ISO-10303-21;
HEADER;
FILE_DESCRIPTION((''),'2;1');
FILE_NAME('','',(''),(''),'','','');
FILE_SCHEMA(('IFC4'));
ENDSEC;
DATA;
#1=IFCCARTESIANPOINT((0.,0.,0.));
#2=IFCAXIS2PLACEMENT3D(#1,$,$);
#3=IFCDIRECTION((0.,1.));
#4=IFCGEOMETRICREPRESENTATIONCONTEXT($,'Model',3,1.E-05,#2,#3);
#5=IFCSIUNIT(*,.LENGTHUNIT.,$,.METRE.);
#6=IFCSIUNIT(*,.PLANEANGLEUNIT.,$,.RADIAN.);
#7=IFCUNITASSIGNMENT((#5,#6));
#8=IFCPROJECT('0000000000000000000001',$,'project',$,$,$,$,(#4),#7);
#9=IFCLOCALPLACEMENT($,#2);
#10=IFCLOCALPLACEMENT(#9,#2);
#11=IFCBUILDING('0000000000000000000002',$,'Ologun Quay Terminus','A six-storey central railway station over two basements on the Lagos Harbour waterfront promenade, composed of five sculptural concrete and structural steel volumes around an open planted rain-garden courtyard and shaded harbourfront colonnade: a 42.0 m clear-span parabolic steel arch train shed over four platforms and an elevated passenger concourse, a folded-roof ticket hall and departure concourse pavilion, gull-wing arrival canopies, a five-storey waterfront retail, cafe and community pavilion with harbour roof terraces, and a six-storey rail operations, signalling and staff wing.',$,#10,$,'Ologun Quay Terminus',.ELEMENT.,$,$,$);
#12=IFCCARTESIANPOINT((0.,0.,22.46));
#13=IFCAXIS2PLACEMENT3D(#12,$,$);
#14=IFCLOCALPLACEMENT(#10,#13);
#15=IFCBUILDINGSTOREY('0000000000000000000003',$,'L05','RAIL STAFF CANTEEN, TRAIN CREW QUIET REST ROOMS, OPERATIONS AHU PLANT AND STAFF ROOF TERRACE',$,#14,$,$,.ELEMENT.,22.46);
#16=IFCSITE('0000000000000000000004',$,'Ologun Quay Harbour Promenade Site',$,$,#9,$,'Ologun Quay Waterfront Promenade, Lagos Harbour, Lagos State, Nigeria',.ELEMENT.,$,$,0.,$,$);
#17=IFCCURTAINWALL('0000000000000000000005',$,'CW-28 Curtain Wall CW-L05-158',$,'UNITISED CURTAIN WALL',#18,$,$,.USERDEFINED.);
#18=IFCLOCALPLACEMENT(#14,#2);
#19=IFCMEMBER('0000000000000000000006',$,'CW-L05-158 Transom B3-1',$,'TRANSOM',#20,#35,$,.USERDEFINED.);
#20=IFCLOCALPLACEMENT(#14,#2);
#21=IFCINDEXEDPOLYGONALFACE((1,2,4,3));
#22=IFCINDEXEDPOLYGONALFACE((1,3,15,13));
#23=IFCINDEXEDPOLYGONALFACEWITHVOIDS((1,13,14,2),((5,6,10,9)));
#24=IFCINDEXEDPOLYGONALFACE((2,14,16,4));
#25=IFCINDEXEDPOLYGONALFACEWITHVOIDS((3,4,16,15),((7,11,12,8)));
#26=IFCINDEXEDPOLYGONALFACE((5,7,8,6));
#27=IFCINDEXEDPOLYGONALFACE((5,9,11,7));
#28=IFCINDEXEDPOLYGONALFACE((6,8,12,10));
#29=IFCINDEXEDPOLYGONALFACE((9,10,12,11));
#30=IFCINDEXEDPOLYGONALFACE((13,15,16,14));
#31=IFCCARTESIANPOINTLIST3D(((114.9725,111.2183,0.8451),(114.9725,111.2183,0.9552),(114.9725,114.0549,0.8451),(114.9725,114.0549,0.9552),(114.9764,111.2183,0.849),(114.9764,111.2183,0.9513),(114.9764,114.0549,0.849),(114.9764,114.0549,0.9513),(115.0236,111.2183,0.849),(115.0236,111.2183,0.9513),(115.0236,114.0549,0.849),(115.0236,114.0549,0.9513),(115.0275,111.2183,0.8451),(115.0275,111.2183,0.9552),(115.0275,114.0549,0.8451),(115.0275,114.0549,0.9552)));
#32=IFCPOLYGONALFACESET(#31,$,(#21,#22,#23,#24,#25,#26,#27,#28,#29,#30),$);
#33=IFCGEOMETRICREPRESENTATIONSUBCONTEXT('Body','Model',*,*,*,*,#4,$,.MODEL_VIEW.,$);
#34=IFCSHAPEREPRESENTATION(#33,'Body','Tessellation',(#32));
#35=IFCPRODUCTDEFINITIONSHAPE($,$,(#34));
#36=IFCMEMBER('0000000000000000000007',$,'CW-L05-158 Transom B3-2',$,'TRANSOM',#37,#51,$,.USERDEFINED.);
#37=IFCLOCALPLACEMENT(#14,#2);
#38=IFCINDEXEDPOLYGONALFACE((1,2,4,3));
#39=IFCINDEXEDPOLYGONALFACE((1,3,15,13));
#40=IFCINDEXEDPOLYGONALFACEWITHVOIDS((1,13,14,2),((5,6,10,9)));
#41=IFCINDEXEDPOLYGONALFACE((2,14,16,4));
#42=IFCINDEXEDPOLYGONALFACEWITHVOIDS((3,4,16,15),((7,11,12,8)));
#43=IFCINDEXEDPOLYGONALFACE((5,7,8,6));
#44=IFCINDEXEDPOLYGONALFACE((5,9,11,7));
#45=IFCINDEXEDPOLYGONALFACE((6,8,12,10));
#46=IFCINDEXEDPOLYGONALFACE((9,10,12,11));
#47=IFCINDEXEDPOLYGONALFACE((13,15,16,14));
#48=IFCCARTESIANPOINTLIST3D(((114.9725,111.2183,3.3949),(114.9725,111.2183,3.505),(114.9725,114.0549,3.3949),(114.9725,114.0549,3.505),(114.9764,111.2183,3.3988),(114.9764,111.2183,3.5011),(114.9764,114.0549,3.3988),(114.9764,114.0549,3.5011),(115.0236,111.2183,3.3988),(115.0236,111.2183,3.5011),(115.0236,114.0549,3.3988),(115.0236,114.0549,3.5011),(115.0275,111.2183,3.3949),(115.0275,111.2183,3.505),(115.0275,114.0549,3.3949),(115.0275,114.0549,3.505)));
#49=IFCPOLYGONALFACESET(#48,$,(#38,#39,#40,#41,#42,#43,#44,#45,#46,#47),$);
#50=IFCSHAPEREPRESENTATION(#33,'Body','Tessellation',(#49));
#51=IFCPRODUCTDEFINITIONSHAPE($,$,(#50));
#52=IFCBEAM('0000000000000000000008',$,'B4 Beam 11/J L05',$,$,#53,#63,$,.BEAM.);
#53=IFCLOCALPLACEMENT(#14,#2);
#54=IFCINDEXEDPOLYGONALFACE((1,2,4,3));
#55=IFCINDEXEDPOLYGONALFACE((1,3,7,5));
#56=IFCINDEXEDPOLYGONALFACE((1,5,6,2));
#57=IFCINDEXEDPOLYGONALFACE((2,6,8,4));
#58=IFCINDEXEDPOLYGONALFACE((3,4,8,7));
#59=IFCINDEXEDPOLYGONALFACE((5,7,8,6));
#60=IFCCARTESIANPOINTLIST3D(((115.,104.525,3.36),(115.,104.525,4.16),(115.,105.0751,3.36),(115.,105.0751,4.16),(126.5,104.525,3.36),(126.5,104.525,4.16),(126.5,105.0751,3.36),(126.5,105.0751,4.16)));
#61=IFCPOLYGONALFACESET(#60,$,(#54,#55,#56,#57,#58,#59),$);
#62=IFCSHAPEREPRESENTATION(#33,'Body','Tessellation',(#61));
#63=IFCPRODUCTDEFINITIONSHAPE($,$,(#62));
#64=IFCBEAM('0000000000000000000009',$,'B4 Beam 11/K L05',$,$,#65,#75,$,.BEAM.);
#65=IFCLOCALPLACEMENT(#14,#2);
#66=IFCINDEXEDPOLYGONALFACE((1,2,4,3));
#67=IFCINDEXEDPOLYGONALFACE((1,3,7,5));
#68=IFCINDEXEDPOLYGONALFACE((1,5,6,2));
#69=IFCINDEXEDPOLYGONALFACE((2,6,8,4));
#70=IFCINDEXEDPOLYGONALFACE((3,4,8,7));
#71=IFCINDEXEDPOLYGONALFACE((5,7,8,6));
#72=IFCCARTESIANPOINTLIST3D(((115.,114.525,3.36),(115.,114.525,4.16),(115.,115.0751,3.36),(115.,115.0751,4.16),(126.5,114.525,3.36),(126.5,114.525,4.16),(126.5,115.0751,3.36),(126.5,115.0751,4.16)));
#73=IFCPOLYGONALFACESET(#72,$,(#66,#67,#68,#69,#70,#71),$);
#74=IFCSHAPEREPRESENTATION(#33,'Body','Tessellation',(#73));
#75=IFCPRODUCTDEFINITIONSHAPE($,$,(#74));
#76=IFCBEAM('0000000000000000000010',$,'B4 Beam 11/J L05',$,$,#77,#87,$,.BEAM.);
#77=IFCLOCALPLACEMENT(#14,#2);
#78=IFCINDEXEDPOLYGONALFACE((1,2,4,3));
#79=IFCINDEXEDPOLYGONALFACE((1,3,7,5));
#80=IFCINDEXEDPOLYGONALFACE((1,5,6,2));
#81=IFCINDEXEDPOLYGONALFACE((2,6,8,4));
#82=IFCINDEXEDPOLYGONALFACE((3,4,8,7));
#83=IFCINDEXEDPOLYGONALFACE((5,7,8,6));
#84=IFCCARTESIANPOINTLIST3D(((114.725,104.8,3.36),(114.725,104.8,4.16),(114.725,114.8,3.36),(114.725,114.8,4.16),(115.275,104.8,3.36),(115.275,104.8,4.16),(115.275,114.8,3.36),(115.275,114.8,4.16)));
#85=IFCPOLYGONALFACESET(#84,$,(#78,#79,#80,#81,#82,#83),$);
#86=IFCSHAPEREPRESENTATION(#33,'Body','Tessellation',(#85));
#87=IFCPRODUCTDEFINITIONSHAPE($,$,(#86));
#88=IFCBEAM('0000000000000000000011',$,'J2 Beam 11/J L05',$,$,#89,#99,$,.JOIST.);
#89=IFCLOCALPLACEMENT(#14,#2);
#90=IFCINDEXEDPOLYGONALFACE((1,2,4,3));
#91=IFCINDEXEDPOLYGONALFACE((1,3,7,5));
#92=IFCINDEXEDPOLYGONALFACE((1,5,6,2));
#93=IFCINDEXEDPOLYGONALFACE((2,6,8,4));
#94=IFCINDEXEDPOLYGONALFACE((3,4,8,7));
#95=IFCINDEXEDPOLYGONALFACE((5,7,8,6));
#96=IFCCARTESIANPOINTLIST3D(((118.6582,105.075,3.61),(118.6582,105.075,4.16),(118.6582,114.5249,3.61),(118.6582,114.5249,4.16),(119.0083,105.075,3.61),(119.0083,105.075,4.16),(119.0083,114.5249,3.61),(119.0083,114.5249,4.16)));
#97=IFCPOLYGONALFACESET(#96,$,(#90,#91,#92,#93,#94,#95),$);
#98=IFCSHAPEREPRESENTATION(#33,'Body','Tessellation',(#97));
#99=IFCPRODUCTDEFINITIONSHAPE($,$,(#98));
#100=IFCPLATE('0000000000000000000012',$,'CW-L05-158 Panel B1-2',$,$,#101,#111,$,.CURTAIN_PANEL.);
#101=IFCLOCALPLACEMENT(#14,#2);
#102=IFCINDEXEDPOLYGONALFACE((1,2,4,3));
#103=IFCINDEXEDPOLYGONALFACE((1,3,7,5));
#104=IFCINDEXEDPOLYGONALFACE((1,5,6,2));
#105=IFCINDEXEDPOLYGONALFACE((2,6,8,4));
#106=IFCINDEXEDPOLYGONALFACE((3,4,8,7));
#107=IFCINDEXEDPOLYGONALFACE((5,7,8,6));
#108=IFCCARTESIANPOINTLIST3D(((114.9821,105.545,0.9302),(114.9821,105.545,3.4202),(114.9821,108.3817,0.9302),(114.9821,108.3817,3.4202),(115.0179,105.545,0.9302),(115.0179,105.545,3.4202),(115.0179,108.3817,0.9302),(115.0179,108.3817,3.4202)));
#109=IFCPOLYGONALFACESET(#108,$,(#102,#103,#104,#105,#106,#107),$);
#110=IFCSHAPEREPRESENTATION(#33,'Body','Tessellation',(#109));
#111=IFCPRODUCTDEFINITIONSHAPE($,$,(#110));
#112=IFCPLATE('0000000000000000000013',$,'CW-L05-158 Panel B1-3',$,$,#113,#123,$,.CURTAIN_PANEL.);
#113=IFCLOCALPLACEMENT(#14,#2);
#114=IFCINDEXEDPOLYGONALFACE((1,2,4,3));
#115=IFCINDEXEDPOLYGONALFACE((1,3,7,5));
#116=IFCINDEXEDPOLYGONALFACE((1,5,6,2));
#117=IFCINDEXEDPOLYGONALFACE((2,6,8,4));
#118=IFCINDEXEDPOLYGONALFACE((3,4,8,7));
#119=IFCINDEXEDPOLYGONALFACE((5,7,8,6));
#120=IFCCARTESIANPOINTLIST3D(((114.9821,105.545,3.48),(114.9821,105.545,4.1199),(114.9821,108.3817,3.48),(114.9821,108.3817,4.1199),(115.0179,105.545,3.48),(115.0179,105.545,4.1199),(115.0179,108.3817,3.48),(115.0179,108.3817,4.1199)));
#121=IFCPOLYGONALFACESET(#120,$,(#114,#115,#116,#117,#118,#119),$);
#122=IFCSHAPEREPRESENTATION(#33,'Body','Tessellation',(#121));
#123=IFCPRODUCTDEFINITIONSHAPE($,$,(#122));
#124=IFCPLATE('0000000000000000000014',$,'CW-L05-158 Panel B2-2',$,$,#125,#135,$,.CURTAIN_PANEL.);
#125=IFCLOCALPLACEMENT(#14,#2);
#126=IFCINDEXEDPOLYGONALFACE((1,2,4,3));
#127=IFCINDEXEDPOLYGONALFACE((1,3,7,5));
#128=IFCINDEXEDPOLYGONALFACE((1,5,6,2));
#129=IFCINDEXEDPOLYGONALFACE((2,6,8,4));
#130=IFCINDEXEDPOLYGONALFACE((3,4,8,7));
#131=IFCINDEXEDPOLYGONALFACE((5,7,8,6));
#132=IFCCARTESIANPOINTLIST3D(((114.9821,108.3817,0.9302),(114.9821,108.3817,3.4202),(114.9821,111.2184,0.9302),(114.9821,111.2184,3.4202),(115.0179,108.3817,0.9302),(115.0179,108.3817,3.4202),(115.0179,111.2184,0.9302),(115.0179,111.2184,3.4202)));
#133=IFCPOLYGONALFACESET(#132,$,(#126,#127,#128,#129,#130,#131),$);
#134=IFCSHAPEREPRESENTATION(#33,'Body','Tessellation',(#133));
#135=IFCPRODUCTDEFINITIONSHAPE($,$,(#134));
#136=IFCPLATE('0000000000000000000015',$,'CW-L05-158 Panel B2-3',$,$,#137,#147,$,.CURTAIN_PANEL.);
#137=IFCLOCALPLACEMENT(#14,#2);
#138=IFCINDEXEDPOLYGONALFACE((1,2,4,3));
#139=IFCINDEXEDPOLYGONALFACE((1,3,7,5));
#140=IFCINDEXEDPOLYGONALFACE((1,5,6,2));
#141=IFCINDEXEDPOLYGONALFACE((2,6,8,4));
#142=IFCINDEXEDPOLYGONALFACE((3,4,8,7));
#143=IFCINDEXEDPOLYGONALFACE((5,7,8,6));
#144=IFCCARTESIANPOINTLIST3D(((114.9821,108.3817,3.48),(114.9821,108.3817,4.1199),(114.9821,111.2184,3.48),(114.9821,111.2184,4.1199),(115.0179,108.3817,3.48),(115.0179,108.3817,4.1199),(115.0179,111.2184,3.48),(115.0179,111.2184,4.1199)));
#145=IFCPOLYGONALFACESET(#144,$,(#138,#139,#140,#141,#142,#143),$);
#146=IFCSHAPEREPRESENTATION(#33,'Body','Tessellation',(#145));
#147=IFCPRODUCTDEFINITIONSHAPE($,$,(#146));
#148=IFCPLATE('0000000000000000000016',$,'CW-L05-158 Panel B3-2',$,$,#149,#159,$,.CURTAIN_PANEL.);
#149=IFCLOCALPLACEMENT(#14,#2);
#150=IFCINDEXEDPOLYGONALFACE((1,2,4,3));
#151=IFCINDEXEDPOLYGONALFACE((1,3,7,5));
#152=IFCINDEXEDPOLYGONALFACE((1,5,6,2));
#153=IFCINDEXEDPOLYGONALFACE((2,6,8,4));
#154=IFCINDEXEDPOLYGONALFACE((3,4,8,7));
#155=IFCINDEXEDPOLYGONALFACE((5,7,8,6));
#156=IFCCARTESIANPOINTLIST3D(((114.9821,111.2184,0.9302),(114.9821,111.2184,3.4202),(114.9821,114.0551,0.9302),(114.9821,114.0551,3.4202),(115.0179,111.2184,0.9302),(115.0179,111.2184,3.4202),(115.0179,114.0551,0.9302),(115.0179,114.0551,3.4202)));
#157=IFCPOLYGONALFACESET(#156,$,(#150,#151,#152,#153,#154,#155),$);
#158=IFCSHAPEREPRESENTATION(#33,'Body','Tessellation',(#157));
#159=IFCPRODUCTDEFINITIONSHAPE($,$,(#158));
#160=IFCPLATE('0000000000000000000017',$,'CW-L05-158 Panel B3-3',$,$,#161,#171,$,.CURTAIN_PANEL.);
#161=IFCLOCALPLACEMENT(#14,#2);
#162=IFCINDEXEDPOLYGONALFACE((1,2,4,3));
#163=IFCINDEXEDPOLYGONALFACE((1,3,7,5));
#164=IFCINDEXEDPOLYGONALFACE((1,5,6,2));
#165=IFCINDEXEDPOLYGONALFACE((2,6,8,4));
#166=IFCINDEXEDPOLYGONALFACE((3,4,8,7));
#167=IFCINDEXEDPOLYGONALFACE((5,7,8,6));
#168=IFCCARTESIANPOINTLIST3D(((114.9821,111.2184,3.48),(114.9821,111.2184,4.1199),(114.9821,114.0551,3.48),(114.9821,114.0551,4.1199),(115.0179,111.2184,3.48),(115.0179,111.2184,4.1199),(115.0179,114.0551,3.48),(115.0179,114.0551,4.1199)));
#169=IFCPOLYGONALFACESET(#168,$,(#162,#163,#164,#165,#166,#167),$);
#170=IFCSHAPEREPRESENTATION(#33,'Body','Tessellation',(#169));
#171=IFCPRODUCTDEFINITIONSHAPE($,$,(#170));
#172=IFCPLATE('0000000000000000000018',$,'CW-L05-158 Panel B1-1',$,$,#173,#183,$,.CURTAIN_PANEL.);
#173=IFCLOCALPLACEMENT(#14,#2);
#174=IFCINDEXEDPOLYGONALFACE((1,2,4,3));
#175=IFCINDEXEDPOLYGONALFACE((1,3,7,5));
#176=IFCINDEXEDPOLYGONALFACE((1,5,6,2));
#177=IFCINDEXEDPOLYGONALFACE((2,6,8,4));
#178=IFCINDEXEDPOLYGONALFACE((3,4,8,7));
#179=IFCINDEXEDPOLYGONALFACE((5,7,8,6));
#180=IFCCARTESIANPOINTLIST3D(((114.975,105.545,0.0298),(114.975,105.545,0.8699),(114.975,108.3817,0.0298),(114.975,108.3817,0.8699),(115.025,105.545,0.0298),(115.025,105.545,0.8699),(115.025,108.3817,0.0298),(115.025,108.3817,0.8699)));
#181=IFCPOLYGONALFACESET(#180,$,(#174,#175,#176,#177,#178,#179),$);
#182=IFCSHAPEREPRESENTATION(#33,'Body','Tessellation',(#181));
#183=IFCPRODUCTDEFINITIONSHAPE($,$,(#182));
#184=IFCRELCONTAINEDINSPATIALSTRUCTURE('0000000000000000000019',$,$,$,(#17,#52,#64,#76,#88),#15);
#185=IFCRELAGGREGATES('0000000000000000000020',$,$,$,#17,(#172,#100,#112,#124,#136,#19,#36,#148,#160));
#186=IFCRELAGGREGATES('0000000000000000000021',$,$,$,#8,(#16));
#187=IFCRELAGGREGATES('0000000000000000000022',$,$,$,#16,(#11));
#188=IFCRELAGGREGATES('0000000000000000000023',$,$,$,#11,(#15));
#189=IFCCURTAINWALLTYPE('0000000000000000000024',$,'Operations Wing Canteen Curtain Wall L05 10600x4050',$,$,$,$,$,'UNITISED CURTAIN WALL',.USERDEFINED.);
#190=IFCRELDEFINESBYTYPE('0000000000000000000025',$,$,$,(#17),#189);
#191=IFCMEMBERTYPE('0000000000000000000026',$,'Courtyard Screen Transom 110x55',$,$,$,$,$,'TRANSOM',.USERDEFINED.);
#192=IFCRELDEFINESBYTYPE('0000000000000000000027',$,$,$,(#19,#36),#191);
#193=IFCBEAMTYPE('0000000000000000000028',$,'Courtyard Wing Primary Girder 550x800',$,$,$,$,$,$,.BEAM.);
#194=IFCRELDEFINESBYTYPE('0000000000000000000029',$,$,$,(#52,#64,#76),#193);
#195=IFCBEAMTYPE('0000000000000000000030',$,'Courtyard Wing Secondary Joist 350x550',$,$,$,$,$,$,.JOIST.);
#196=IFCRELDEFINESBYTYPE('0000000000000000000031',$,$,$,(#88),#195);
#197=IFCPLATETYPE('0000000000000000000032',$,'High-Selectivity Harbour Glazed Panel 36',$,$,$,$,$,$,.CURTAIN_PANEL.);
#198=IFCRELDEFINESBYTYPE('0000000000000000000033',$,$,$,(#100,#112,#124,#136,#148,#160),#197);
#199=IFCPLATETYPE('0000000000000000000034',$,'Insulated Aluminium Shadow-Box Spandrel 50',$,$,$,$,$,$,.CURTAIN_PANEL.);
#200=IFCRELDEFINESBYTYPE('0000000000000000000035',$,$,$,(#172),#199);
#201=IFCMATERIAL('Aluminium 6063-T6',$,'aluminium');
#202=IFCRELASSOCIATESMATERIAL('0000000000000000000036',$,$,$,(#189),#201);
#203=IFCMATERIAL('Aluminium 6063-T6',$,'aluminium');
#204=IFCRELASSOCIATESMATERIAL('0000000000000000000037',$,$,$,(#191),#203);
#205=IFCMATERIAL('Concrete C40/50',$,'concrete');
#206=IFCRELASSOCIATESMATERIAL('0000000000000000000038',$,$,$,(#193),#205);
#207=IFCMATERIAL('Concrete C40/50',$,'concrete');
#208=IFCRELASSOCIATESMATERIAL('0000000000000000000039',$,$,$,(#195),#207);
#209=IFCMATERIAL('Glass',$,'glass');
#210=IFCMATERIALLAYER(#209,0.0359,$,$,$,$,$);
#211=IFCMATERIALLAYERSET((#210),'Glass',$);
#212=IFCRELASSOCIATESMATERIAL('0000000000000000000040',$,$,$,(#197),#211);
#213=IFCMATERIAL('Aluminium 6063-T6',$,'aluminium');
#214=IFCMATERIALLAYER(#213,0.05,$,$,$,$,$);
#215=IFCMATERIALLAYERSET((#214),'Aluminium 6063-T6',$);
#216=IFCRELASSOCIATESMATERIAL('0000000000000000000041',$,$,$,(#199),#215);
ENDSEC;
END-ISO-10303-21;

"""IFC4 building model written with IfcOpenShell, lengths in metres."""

from ifc_helpers import new_model, si_unit, direction, frame, origin, origin_2d, place, context, subcontext, project, spatial, rectangle, hollow_rectangle, extrude, material, layer, layer_set, material_profile, profile_set, type_object, element, aggregate, save


model = new_model("IFC4")

# Units and contexts
model_context = context("Model", 3, precision=1e-05, world=origin(), true_north=direction((0.0, 1.0)))
body_context = subcontext(model_context, "Body", "Model", "MODEL_VIEW")
ifc_project = project(units=[si_unit("LENGTHUNIT", "METRE"), si_unit("PLANEANGLEUNIT", "RADIAN")], contexts=[model_context])

# Site, building, storey
site_placement = place(None, origin())
site = spatial("IfcSite", under=ifc_project, at=site_placement, Name="Ologun Quay Harbour Promenade Site", LongName="Ologun Quay Waterfront Promenade, Lagos Harbour, Lagos State, Nigeria", CompositionType="ELEMENT", RefElevation=0.0)
building_placement = place(site_placement, origin())
building = spatial("IfcBuilding", under=site, at=building_placement, Name="Ologun Quay Terminus", Description="A six-storey central railway station over two basements on the Lagos Harbour waterfront promenade, composed of five sculptural concrete and structural steel volumes around an open planted rain-garden courtyard and shaded harbourfront colonnade: a 42.0 m clear-span parabolic steel arch train shed over four platforms and an elevated passenger concourse, a folded-roof ticket hall and departure concourse pavilion, gull-wing arrival canopies, a five-storey waterfront retail, cafe and community pavilion with harbour roof terraces, and a six-storey rail operations, signalling and staff wing.", LongName="Ologun Quay Terminus", CompositionType="ELEMENT")
storey_placement = place(building_placement, frame((0.0, 0.0, 22.46)))
storey = spatial("IfcBuildingStorey", under=building, at=storey_placement, Name="L05", Description="RAIL STAFF CANTEEN, TRAIN CREW QUIET REST ROOMS, OPERATIONS AHU PLANT AND STAFF ROOF TERRACE", CompositionType="ELEMENT", Elevation=22.46)

# Curtain wall, members
ifc_material_1 = material(Name="Aluminium 6063-T6", Category="aluminium")
curtain_wall_type = type_object("IfcCurtainWallType", Name="Operations Wing Canteen Curtain Wall L05 10600x4050", ElementType="UNITISED CURTAIN WALL", PredefinedType="USERDEFINED", material=ifc_material_1)
curtain_wall_placement = place(storey_placement, origin())
curtain_wall = element("IfcCurtainWall", 1, at=curtain_wall_placement, inside=storey, type_object=curtain_wall_type, Name="CW-28 Curtain Wall CW-L05-158", ObjectType="UNITISED CURTAIN WALL", PredefinedType="USERDEFINED")
ifc_material_2 = material(Name="Aluminium 6063-T6", Category="aluminium")
ifc_material_profile_1 = material_profile(ifc_material_2, hollow_rectangle(XDim=0.0549, YDim=0.1101, WallThickness=0.0039, at=origin_2d()), Name="ALU 110x55x4")
ifc_profile_set_1 = profile_set([ifc_material_profile_1], Name="Aluminium 6063-T6")
member_type_1 = type_object("IfcMemberType", Name="Courtyard Screen Transom 110x55", ElementType="TRANSOM", PredefinedType="USERDEFINED", material=ifc_profile_set_1)
member_1_placement = place(storey_placement, frame((115.0, 111.2183, 0.9001), z_axis=(0.0, 1.0, 0.0), x_axis=(-1.0, 0.0, 0.0)))
member_1 = element("IfcMember", 2, at=member_1_placement, type_object=member_type_1, Name="CW-L05-158 Transom B3-1", ObjectType="TRANSOM", PredefinedType="USERDEFINED", context=body_context, shape_type="SweptSolid", body=[
    extrude(hollow_rectangle(XDim=0.0549, YDim=0.1101, WallThickness=0.0039, at=origin_2d()), origin(), (0.0, 0.0, 1.0), 2.8367),
])
member_2_placement = place(storey_placement, frame((115.0, 111.2183, 3.45), z_axis=(0.0, 1.0, 0.0), x_axis=(-1.0, 0.0, 0.0)))
member_2 = element("IfcMember", 3, at=member_2_placement, type_object=member_type_1, Name="CW-L05-158 Transom B3-2", ObjectType="TRANSOM", PredefinedType="USERDEFINED", context=body_context, shape_type="SweptSolid", body=[
    extrude(hollow_rectangle(XDim=0.0549, YDim=0.1101, WallThickness=0.0039, at=origin_2d()), origin(), (0.0, 0.0, 1.0), 2.8367),
])

# Beams
ifc_material_3 = material(Name="Concrete C40/50", Category="concrete")
ifc_material_profile_2 = material_profile(ifc_material_3, rectangle(XDim=0.55, YDim=0.8, at=origin_2d()), Name="RC 550x800")
ifc_profile_set_2 = profile_set([ifc_material_profile_2], Name="Concrete C40/50")
beam_type_1 = type_object("IfcBeamType", Name="Courtyard Wing Primary Girder 550x800", PredefinedType="BEAM", material=ifc_profile_set_2)
for number, where, z_axis, x_axis, name in (
    (4, (115.0, 104.8, 3.76), (1.0, 0.0, 0.0), (0.0, 1.0, 0.0), "B4 Beam 11/J L05"),
    (5, (115.0, 114.8, 3.76), (1.0, 0.0, 0.0), (0.0, 1.0, 0.0), "B4 Beam 11/K L05"),
):
    element("IfcBeam", number, at=place(storey_placement, frame(where, z_axis=z_axis, x_axis=x_axis)), inside=storey, type_object=beam_type_1, Name=name, PredefinedType="BEAM", context=body_context, shape_type="SweptSolid", body=[
        extrude(rectangle(XDim=0.55, YDim=0.8, at=origin_2d()), origin(), (0.0, 0.0, 1.0), 11.5),
    ])
beam_1_placement = place(storey_placement, frame((115.0, 104.8, 3.76), z_axis=(0.0, 1.0, 0.0), x_axis=(-1.0, 0.0, 0.0)))
element("IfcBeam", 6, at=beam_1_placement, inside=storey, type_object=beam_type_1, Name="B4 Beam 11/J L05", PredefinedType="BEAM", context=body_context, shape_type="SweptSolid", body=[
    extrude(rectangle(XDim=0.55, YDim=0.8, at=origin_2d()), origin(), (0.0, 0.0, 1.0), 10.0),
])
ifc_material_4 = material(Name="Concrete C40/50", Category="concrete")
ifc_material_profile_3 = material_profile(ifc_material_4, rectangle(XDim=0.3501, YDim=0.55, at=origin_2d()), Name="RC 350x550")
ifc_profile_set_3 = profile_set([ifc_material_profile_3], Name="Concrete C40/50")
beam_type_2 = type_object("IfcBeamType", Name="Courtyard Wing Secondary Joist 350x550", PredefinedType="JOIST", material=ifc_profile_set_3)
beam_2_placement = place(storey_placement, frame((118.8333, 105.075, 3.885), z_axis=(0.0, 1.0, 0.0), x_axis=(-1.0, 0.0, 0.0)))
element("IfcBeam", 7, at=beam_2_placement, inside=storey, type_object=beam_type_2, Name="J2 Beam 11/J L05", PredefinedType="JOIST", context=body_context, shape_type="SweptSolid", body=[
    extrude(rectangle(XDim=0.3501, YDim=0.55, at=origin_2d()), origin(), (0.0, 0.0, 1.0), 9.45),
])

# Plates
ifc_material_5 = material(Name="Glass", Category="glass")
ifc_layer_1 = layer(ifc_material_5, 0.0359)
ifc_layer_set_1 = layer_set([ifc_layer_1], Name="Glass")
plate_type_1 = type_object("IfcPlateType", Name="High-Selectivity Harbour Glazed Panel 36", PredefinedType="CURTAIN_PANEL", material=ifc_layer_set_1)
plate_1_placement = place(storey_placement, frame((115.0, 106.9634, 0.9302), z_axis=(0.0, 0.0, 1.0), x_axis=(0.0, 1.0, 0.0)))
plate_1 = element("IfcPlate", 8, at=plate_1_placement, type_object=plate_type_1, Name="CW-L05-158 Panel B1-2", PredefinedType="CURTAIN_PANEL", context=body_context, shape_type="SweptSolid", body=[
    extrude(rectangle(XDim=2.8367, YDim=0.0359, at=origin_2d()), origin(), (0.0, 0.0, 1.0), 2.49),
])
plate_2_placement = place(storey_placement, frame((115.0, 106.9634, 3.48), z_axis=(0.0, 0.0, 1.0), x_axis=(0.0, 1.0, 0.0)))
plate_2 = element("IfcPlate", 9, at=plate_2_placement, type_object=plate_type_1, Name="CW-L05-158 Panel B1-3", PredefinedType="CURTAIN_PANEL", context=body_context, shape_type="SweptSolid", body=[
    extrude(rectangle(XDim=2.8367, YDim=0.0359, at=origin_2d()), origin(), (0.0, 0.0, 1.0), 0.6399),
])
plate_3_placement = place(storey_placement, frame((115.0, 109.8, 0.9302), z_axis=(0.0, 0.0, 1.0), x_axis=(0.0, 1.0, 0.0)))
plate_3 = element("IfcPlate", 10, at=plate_3_placement, type_object=plate_type_1, Name="CW-L05-158 Panel B2-2", PredefinedType="CURTAIN_PANEL", context=body_context, shape_type="SweptSolid", body=[
    extrude(rectangle(XDim=2.8367, YDim=0.0359, at=origin_2d()), origin(), (0.0, 0.0, 1.0), 2.49),
])
plate_4_placement = place(storey_placement, frame((115.0, 109.8, 3.48), z_axis=(0.0, 0.0, 1.0), x_axis=(0.0, 1.0, 0.0)))
plate_4 = element("IfcPlate", 11, at=plate_4_placement, type_object=plate_type_1, Name="CW-L05-158 Panel B2-3", PredefinedType="CURTAIN_PANEL", context=body_context, shape_type="SweptSolid", body=[
    extrude(rectangle(XDim=2.8367, YDim=0.0359, at=origin_2d()), origin(), (0.0, 0.0, 1.0), 0.6399),
])
plate_5_placement = place(storey_placement, frame((115.0, 112.6367, 0.9302), z_axis=(0.0, 0.0, 1.0), x_axis=(0.0, 1.0, 0.0)))
plate_5 = element("IfcPlate", 12, at=plate_5_placement, type_object=plate_type_1, Name="CW-L05-158 Panel B3-2", PredefinedType="CURTAIN_PANEL", context=body_context, shape_type="SweptSolid", body=[
    extrude(rectangle(XDim=2.8367, YDim=0.0359, at=origin_2d()), origin(), (0.0, 0.0, 1.0), 2.49),
])
plate_6_placement = place(storey_placement, frame((115.0, 112.6367, 3.48), z_axis=(0.0, 0.0, 1.0), x_axis=(0.0, 1.0, 0.0)))
plate_6 = element("IfcPlate", 13, at=plate_6_placement, type_object=plate_type_1, Name="CW-L05-158 Panel B3-3", PredefinedType="CURTAIN_PANEL", context=body_context, shape_type="SweptSolid", body=[
    extrude(rectangle(XDim=2.8367, YDim=0.0359, at=origin_2d()), origin(), (0.0, 0.0, 1.0), 0.6399),
])
ifc_material_6 = material(Name="Aluminium 6063-T6", Category="aluminium")
ifc_layer_2 = layer(ifc_material_6, 0.05)
ifc_layer_set_2 = layer_set([ifc_layer_2], Name="Aluminium 6063-T6")
plate_type_2 = type_object("IfcPlateType", Name="Insulated Aluminium Shadow-Box Spandrel 50", PredefinedType="CURTAIN_PANEL", material=ifc_layer_set_2)
plate_7_placement = place(storey_placement, frame((115.0, 106.9634, 0.0298), z_axis=(0.0, 0.0, 1.0), x_axis=(0.0, 1.0, 0.0)))
plate_7 = element("IfcPlate", 14, at=plate_7_placement, type_object=plate_type_2, Name="CW-L05-158 Panel B1-1", PredefinedType="CURTAIN_PANEL", context=body_context, shape_type="SweptSolid", body=[
    extrude(rectangle(XDim=2.8367, YDim=0.05, at=origin_2d()), origin(), (0.0, 0.0, 1.0), 0.8401),
])
aggregate(curtain_wall, [plate_7, plate_1, plate_2, plate_3, plate_4, member_1, member_2, plate_5, plate_6])

save(model, "model.ifc")
